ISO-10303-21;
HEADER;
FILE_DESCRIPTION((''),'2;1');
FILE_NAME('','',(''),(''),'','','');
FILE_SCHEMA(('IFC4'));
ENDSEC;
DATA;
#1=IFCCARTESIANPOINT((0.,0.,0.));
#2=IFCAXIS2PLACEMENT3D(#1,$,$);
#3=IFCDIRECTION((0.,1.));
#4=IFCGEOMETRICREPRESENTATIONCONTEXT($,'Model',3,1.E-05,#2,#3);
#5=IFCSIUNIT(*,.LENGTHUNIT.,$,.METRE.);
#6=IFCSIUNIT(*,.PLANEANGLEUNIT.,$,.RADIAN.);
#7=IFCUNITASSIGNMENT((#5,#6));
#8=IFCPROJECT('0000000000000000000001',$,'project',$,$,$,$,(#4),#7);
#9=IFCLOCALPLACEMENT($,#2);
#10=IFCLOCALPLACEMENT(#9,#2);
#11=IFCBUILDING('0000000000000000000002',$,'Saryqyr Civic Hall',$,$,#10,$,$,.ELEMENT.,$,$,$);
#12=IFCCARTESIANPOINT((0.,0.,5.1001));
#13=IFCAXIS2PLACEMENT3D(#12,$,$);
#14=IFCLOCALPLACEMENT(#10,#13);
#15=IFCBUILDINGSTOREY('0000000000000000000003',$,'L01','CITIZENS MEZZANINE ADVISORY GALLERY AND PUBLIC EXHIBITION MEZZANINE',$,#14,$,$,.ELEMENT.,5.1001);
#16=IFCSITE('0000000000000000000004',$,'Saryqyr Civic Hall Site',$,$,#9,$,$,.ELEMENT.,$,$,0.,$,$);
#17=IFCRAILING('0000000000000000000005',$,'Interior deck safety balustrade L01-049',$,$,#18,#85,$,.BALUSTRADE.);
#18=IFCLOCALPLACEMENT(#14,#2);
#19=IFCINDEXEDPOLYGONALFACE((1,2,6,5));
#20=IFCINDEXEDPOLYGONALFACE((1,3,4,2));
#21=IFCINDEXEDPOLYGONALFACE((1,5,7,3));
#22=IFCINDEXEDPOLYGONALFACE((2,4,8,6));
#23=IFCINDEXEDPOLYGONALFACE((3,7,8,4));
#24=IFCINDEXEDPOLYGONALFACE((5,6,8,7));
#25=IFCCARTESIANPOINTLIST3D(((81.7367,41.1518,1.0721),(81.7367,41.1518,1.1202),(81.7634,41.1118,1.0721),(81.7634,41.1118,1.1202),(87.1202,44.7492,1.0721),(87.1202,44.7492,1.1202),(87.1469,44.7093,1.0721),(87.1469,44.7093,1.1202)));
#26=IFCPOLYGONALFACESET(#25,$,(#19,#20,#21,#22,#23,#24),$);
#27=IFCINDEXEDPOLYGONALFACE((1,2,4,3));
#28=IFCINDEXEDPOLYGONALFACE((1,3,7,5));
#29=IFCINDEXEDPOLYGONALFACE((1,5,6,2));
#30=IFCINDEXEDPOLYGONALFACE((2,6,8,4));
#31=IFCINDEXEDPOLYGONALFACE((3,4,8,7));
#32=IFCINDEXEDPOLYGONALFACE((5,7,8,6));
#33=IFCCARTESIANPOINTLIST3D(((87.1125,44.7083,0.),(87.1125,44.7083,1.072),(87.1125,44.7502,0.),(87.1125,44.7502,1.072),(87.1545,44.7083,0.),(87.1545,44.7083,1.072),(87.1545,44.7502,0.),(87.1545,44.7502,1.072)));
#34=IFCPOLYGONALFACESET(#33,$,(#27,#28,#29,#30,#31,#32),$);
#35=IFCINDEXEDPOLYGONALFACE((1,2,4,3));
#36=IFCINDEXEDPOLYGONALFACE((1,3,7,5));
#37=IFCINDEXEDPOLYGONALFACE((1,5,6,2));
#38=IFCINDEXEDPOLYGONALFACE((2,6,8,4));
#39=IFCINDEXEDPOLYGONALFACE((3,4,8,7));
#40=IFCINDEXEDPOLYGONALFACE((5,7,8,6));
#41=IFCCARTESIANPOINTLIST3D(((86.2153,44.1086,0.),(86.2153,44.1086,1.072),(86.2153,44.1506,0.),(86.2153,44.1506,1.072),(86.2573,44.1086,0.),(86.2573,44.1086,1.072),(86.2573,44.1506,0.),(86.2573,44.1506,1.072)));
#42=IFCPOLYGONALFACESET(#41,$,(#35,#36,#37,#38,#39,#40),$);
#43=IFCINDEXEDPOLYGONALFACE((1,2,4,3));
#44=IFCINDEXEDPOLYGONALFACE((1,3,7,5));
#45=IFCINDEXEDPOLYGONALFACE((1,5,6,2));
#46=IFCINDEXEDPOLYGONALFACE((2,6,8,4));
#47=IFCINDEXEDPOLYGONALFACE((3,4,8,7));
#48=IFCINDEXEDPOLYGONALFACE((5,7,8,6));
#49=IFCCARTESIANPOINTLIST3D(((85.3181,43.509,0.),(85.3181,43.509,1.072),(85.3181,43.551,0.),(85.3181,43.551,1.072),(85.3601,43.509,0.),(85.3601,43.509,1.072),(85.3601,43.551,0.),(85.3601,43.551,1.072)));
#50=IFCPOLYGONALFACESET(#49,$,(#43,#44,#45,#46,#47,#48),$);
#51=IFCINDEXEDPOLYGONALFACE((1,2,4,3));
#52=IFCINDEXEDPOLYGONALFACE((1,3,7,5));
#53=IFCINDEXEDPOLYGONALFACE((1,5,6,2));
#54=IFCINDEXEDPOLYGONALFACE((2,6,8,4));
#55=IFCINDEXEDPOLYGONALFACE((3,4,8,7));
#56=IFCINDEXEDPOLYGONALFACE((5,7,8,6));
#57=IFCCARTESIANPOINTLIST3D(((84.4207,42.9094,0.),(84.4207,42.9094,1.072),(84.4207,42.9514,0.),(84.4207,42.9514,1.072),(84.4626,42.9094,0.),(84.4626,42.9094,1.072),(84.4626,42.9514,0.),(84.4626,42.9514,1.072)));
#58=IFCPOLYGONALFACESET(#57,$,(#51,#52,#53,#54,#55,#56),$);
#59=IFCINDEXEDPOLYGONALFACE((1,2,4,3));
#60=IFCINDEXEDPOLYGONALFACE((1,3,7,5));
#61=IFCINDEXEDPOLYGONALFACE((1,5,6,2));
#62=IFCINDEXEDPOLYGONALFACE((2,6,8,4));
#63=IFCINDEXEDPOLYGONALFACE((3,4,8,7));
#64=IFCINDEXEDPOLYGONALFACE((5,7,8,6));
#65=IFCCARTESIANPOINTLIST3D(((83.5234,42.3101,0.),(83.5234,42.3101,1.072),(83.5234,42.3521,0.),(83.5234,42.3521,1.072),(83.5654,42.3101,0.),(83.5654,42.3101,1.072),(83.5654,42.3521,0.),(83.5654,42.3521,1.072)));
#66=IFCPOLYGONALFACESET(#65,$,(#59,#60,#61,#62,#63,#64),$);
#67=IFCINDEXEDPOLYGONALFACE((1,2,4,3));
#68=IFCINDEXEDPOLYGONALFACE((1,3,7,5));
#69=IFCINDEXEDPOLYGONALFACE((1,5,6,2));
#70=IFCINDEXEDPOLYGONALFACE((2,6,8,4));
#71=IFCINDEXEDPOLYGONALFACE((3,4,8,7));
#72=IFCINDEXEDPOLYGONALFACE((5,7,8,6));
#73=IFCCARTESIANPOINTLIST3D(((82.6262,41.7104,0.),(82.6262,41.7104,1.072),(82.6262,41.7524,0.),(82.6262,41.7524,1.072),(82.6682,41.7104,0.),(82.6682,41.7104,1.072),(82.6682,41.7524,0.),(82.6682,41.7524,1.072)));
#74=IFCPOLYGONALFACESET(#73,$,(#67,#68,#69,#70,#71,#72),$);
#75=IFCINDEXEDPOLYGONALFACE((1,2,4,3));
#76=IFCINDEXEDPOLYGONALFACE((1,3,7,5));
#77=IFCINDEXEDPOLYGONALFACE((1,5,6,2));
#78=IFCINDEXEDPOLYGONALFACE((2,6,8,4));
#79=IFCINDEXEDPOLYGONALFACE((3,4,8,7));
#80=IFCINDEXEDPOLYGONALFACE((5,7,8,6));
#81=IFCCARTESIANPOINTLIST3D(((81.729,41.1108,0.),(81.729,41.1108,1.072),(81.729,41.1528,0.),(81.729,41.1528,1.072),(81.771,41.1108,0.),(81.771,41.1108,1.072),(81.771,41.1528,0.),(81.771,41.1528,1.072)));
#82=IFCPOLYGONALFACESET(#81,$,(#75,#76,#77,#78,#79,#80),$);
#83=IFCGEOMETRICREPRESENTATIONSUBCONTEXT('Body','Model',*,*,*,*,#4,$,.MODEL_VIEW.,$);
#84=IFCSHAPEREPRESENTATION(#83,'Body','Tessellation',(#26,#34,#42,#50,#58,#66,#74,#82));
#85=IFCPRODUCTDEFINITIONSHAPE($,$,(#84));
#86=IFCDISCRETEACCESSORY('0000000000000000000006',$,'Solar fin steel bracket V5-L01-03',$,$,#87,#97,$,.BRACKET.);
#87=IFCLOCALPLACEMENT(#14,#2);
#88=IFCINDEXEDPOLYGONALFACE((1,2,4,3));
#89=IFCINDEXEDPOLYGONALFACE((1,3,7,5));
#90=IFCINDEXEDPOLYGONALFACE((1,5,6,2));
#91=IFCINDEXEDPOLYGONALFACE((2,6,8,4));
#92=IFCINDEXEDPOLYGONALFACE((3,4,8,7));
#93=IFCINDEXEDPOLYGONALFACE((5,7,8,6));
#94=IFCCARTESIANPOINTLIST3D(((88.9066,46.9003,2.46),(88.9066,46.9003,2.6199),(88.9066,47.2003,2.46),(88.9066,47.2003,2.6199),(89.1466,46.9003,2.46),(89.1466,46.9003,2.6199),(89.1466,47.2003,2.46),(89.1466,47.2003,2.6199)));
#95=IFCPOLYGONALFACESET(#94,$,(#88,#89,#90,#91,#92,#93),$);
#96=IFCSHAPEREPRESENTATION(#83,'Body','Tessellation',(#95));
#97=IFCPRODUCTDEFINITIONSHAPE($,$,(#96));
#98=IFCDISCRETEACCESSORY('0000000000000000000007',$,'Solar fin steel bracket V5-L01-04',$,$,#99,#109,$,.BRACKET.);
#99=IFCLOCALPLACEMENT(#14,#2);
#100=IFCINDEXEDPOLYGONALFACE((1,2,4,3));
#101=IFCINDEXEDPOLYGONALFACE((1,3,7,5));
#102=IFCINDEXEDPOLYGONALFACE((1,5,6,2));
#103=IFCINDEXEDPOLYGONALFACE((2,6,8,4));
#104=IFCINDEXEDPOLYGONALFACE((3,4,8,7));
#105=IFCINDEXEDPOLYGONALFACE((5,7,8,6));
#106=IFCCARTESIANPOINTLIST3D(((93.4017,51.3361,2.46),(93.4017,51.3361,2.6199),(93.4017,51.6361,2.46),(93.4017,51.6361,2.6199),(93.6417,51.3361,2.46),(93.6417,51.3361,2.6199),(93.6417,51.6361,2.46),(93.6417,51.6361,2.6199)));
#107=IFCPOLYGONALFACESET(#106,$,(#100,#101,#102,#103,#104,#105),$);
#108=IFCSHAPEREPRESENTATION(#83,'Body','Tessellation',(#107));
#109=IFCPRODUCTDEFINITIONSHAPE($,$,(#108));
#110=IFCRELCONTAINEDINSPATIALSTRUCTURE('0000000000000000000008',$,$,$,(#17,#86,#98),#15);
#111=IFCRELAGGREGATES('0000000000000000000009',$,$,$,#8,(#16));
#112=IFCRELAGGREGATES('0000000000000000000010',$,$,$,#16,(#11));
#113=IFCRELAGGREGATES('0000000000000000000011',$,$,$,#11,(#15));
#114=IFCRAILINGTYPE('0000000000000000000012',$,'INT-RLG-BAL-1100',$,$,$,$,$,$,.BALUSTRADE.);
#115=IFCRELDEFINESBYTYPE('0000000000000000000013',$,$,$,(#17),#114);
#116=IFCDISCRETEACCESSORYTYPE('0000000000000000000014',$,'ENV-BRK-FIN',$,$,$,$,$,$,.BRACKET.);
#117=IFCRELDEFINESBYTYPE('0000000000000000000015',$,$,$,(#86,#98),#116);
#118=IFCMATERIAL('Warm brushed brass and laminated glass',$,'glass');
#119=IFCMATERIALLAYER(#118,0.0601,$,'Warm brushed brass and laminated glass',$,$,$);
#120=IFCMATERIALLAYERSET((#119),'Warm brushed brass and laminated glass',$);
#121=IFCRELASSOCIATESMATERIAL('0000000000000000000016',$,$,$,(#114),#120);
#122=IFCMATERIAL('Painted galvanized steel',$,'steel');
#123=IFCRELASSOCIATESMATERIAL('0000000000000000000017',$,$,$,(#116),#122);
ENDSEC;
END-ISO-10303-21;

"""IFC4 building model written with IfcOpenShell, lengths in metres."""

from ifc_helpers import new_model, si_unit, direction, frame, origin, origin_2d, place, context, subcontext, project, spatial, rectangle, extrude, material, layer, layer_set, type_object, element, save


model = new_model("IFC4")

# Units and contexts
model_context = context("Model", 3, precision=1e-05, world=origin(), true_north=direction((0.0, 1.0)))
body_context = subcontext(model_context, "Body", "Model", "MODEL_VIEW")
ifc_project = project(units=[si_unit("LENGTHUNIT", "METRE"), si_unit("PLANEANGLEUNIT", "RADIAN")], contexts=[model_context])

# Site, building, storey
site_placement = place(None, origin())
site = spatial("IfcSite", under=ifc_project, at=site_placement, Name="Saryqyr Civic Hall Site", CompositionType="ELEMENT", RefElevation=0.0)
building_placement = place(site_placement, origin())
building = spatial("IfcBuilding", under=site, at=building_placement, Name="Saryqyr Civic Hall", CompositionType="ELEMENT")
storey_placement = place(building_placement, frame((0.0, 0.0, 5.1001)))
storey = spatial("IfcBuildingStorey", under=building, at=storey_placement, Name="L01", Description="CITIZENS MEZZANINE ADVISORY GALLERY AND PUBLIC EXHIBITION MEZZANINE", CompositionType="ELEMENT", Elevation=5.1001)

# Railing
ifc_material_1 = material(Name="Warm brushed brass and laminated glass", Category="glass")
ifc_layer_1 = layer(ifc_material_1, 0.0601, Name="Warm brushed brass and laminated glass")
ifc_layer_set_1 = layer_set([ifc_layer_1], Name="Warm brushed brass and laminated glass")
railing_type = type_object("IfcRailingType", Name="INT-RLG-BAL-1100", PredefinedType="BALUSTRADE", material=ifc_layer_set_1)
railing_1_placement = place(storey_placement, frame((87.1335, 44.7292, 0.0)))
element("IfcRailing", 1, at=railing_1_placement, inside=storey, type_object=railing_type, Name="Interior deck safety balustrade L01-049", PredefinedType="BALUSTRADE", context=body_context, shape_type="SweptSolid", body=[
    extrude(rectangle(XDim=0.0481, YDim=0.0481, at=origin_2d()), frame((0.0, 0.0, 1.0962), z_axis=(-0.831452, -0.555596, 0.0), x_axis=(0.555596, -0.831452, 0.0)), (0.0, 0.0, 1.0), 6.4749),
    extrude(rectangle(XDim=0.042, YDim=0.042, at=origin_2d()), origin(), (0.0, 0.0, 1.0), 1.072),
    extrude(rectangle(XDim=0.042, YDim=0.042, at=origin_2d()), frame((-0.8972, -0.5996, 0.0)), (0.0, 0.0, 1.0), 1.072),
    extrude(rectangle(XDim=0.042, YDim=0.042, at=origin_2d()), frame((-1.7944, -1.1992, 0.0)), (0.0, 0.0, 1.0), 1.072),
    extrude(rectangle(XDim=0.042, YDim=0.042, at=origin_2d()), frame((-2.6919, -1.7988, 0.0)), (0.0, 0.0, 1.0), 1.072),
    extrude(rectangle(XDim=0.042, YDim=0.042, at=origin_2d()), frame((-3.5891, -2.3982, 0.0)), (0.0, 0.0, 1.0), 1.072),
    extrude(rectangle(XDim=0.042, YDim=0.042, at=origin_2d()), frame((-4.4863, -2.9978, 0.0)), (0.0, 0.0, 1.0), 1.072),
    extrude(rectangle(XDim=0.042, YDim=0.042, at=origin_2d()), frame((-5.3835, -3.5974, 0.0)), (0.0, 0.0, 1.0), 1.072),
])

# Discrete accessories
ifc_material_2 = material(Name="Painted galvanized steel", Category="steel")
discrete_accessory_type = type_object("IfcDiscreteAccessoryType", Name="ENV-BRK-FIN", PredefinedType="BRACKET", material=ifc_material_2)
for number, where, z_axis, x_axis, name in (
    (2, (89.0266, 47.0503, 2.46), (0.0, 0.0, 1.0), (1.0, 0.0, 0.0), "Solar fin steel bracket V5-L01-03"),
    (3, (93.5217, 51.4861, 2.46), (0.0, 0.0, 1.0), (1.0, 0.0, 0.0), "Solar fin steel bracket V5-L01-04"),
):
    element("IfcDiscreteAccessory", number, at=place(storey_placement, frame(where, z_axis=z_axis, x_axis=x_axis)), inside=storey, type_object=discrete_accessory_type, Name=name, PredefinedType="BRACKET", context=body_context, shape_type="SweptSolid", body=[
        extrude(rectangle(XDim=0.24, YDim=0.3, at=origin_2d()), origin(), (0.0, 0.0, 1.0), 0.1599),
    ])

save(model, "model.ifc")
